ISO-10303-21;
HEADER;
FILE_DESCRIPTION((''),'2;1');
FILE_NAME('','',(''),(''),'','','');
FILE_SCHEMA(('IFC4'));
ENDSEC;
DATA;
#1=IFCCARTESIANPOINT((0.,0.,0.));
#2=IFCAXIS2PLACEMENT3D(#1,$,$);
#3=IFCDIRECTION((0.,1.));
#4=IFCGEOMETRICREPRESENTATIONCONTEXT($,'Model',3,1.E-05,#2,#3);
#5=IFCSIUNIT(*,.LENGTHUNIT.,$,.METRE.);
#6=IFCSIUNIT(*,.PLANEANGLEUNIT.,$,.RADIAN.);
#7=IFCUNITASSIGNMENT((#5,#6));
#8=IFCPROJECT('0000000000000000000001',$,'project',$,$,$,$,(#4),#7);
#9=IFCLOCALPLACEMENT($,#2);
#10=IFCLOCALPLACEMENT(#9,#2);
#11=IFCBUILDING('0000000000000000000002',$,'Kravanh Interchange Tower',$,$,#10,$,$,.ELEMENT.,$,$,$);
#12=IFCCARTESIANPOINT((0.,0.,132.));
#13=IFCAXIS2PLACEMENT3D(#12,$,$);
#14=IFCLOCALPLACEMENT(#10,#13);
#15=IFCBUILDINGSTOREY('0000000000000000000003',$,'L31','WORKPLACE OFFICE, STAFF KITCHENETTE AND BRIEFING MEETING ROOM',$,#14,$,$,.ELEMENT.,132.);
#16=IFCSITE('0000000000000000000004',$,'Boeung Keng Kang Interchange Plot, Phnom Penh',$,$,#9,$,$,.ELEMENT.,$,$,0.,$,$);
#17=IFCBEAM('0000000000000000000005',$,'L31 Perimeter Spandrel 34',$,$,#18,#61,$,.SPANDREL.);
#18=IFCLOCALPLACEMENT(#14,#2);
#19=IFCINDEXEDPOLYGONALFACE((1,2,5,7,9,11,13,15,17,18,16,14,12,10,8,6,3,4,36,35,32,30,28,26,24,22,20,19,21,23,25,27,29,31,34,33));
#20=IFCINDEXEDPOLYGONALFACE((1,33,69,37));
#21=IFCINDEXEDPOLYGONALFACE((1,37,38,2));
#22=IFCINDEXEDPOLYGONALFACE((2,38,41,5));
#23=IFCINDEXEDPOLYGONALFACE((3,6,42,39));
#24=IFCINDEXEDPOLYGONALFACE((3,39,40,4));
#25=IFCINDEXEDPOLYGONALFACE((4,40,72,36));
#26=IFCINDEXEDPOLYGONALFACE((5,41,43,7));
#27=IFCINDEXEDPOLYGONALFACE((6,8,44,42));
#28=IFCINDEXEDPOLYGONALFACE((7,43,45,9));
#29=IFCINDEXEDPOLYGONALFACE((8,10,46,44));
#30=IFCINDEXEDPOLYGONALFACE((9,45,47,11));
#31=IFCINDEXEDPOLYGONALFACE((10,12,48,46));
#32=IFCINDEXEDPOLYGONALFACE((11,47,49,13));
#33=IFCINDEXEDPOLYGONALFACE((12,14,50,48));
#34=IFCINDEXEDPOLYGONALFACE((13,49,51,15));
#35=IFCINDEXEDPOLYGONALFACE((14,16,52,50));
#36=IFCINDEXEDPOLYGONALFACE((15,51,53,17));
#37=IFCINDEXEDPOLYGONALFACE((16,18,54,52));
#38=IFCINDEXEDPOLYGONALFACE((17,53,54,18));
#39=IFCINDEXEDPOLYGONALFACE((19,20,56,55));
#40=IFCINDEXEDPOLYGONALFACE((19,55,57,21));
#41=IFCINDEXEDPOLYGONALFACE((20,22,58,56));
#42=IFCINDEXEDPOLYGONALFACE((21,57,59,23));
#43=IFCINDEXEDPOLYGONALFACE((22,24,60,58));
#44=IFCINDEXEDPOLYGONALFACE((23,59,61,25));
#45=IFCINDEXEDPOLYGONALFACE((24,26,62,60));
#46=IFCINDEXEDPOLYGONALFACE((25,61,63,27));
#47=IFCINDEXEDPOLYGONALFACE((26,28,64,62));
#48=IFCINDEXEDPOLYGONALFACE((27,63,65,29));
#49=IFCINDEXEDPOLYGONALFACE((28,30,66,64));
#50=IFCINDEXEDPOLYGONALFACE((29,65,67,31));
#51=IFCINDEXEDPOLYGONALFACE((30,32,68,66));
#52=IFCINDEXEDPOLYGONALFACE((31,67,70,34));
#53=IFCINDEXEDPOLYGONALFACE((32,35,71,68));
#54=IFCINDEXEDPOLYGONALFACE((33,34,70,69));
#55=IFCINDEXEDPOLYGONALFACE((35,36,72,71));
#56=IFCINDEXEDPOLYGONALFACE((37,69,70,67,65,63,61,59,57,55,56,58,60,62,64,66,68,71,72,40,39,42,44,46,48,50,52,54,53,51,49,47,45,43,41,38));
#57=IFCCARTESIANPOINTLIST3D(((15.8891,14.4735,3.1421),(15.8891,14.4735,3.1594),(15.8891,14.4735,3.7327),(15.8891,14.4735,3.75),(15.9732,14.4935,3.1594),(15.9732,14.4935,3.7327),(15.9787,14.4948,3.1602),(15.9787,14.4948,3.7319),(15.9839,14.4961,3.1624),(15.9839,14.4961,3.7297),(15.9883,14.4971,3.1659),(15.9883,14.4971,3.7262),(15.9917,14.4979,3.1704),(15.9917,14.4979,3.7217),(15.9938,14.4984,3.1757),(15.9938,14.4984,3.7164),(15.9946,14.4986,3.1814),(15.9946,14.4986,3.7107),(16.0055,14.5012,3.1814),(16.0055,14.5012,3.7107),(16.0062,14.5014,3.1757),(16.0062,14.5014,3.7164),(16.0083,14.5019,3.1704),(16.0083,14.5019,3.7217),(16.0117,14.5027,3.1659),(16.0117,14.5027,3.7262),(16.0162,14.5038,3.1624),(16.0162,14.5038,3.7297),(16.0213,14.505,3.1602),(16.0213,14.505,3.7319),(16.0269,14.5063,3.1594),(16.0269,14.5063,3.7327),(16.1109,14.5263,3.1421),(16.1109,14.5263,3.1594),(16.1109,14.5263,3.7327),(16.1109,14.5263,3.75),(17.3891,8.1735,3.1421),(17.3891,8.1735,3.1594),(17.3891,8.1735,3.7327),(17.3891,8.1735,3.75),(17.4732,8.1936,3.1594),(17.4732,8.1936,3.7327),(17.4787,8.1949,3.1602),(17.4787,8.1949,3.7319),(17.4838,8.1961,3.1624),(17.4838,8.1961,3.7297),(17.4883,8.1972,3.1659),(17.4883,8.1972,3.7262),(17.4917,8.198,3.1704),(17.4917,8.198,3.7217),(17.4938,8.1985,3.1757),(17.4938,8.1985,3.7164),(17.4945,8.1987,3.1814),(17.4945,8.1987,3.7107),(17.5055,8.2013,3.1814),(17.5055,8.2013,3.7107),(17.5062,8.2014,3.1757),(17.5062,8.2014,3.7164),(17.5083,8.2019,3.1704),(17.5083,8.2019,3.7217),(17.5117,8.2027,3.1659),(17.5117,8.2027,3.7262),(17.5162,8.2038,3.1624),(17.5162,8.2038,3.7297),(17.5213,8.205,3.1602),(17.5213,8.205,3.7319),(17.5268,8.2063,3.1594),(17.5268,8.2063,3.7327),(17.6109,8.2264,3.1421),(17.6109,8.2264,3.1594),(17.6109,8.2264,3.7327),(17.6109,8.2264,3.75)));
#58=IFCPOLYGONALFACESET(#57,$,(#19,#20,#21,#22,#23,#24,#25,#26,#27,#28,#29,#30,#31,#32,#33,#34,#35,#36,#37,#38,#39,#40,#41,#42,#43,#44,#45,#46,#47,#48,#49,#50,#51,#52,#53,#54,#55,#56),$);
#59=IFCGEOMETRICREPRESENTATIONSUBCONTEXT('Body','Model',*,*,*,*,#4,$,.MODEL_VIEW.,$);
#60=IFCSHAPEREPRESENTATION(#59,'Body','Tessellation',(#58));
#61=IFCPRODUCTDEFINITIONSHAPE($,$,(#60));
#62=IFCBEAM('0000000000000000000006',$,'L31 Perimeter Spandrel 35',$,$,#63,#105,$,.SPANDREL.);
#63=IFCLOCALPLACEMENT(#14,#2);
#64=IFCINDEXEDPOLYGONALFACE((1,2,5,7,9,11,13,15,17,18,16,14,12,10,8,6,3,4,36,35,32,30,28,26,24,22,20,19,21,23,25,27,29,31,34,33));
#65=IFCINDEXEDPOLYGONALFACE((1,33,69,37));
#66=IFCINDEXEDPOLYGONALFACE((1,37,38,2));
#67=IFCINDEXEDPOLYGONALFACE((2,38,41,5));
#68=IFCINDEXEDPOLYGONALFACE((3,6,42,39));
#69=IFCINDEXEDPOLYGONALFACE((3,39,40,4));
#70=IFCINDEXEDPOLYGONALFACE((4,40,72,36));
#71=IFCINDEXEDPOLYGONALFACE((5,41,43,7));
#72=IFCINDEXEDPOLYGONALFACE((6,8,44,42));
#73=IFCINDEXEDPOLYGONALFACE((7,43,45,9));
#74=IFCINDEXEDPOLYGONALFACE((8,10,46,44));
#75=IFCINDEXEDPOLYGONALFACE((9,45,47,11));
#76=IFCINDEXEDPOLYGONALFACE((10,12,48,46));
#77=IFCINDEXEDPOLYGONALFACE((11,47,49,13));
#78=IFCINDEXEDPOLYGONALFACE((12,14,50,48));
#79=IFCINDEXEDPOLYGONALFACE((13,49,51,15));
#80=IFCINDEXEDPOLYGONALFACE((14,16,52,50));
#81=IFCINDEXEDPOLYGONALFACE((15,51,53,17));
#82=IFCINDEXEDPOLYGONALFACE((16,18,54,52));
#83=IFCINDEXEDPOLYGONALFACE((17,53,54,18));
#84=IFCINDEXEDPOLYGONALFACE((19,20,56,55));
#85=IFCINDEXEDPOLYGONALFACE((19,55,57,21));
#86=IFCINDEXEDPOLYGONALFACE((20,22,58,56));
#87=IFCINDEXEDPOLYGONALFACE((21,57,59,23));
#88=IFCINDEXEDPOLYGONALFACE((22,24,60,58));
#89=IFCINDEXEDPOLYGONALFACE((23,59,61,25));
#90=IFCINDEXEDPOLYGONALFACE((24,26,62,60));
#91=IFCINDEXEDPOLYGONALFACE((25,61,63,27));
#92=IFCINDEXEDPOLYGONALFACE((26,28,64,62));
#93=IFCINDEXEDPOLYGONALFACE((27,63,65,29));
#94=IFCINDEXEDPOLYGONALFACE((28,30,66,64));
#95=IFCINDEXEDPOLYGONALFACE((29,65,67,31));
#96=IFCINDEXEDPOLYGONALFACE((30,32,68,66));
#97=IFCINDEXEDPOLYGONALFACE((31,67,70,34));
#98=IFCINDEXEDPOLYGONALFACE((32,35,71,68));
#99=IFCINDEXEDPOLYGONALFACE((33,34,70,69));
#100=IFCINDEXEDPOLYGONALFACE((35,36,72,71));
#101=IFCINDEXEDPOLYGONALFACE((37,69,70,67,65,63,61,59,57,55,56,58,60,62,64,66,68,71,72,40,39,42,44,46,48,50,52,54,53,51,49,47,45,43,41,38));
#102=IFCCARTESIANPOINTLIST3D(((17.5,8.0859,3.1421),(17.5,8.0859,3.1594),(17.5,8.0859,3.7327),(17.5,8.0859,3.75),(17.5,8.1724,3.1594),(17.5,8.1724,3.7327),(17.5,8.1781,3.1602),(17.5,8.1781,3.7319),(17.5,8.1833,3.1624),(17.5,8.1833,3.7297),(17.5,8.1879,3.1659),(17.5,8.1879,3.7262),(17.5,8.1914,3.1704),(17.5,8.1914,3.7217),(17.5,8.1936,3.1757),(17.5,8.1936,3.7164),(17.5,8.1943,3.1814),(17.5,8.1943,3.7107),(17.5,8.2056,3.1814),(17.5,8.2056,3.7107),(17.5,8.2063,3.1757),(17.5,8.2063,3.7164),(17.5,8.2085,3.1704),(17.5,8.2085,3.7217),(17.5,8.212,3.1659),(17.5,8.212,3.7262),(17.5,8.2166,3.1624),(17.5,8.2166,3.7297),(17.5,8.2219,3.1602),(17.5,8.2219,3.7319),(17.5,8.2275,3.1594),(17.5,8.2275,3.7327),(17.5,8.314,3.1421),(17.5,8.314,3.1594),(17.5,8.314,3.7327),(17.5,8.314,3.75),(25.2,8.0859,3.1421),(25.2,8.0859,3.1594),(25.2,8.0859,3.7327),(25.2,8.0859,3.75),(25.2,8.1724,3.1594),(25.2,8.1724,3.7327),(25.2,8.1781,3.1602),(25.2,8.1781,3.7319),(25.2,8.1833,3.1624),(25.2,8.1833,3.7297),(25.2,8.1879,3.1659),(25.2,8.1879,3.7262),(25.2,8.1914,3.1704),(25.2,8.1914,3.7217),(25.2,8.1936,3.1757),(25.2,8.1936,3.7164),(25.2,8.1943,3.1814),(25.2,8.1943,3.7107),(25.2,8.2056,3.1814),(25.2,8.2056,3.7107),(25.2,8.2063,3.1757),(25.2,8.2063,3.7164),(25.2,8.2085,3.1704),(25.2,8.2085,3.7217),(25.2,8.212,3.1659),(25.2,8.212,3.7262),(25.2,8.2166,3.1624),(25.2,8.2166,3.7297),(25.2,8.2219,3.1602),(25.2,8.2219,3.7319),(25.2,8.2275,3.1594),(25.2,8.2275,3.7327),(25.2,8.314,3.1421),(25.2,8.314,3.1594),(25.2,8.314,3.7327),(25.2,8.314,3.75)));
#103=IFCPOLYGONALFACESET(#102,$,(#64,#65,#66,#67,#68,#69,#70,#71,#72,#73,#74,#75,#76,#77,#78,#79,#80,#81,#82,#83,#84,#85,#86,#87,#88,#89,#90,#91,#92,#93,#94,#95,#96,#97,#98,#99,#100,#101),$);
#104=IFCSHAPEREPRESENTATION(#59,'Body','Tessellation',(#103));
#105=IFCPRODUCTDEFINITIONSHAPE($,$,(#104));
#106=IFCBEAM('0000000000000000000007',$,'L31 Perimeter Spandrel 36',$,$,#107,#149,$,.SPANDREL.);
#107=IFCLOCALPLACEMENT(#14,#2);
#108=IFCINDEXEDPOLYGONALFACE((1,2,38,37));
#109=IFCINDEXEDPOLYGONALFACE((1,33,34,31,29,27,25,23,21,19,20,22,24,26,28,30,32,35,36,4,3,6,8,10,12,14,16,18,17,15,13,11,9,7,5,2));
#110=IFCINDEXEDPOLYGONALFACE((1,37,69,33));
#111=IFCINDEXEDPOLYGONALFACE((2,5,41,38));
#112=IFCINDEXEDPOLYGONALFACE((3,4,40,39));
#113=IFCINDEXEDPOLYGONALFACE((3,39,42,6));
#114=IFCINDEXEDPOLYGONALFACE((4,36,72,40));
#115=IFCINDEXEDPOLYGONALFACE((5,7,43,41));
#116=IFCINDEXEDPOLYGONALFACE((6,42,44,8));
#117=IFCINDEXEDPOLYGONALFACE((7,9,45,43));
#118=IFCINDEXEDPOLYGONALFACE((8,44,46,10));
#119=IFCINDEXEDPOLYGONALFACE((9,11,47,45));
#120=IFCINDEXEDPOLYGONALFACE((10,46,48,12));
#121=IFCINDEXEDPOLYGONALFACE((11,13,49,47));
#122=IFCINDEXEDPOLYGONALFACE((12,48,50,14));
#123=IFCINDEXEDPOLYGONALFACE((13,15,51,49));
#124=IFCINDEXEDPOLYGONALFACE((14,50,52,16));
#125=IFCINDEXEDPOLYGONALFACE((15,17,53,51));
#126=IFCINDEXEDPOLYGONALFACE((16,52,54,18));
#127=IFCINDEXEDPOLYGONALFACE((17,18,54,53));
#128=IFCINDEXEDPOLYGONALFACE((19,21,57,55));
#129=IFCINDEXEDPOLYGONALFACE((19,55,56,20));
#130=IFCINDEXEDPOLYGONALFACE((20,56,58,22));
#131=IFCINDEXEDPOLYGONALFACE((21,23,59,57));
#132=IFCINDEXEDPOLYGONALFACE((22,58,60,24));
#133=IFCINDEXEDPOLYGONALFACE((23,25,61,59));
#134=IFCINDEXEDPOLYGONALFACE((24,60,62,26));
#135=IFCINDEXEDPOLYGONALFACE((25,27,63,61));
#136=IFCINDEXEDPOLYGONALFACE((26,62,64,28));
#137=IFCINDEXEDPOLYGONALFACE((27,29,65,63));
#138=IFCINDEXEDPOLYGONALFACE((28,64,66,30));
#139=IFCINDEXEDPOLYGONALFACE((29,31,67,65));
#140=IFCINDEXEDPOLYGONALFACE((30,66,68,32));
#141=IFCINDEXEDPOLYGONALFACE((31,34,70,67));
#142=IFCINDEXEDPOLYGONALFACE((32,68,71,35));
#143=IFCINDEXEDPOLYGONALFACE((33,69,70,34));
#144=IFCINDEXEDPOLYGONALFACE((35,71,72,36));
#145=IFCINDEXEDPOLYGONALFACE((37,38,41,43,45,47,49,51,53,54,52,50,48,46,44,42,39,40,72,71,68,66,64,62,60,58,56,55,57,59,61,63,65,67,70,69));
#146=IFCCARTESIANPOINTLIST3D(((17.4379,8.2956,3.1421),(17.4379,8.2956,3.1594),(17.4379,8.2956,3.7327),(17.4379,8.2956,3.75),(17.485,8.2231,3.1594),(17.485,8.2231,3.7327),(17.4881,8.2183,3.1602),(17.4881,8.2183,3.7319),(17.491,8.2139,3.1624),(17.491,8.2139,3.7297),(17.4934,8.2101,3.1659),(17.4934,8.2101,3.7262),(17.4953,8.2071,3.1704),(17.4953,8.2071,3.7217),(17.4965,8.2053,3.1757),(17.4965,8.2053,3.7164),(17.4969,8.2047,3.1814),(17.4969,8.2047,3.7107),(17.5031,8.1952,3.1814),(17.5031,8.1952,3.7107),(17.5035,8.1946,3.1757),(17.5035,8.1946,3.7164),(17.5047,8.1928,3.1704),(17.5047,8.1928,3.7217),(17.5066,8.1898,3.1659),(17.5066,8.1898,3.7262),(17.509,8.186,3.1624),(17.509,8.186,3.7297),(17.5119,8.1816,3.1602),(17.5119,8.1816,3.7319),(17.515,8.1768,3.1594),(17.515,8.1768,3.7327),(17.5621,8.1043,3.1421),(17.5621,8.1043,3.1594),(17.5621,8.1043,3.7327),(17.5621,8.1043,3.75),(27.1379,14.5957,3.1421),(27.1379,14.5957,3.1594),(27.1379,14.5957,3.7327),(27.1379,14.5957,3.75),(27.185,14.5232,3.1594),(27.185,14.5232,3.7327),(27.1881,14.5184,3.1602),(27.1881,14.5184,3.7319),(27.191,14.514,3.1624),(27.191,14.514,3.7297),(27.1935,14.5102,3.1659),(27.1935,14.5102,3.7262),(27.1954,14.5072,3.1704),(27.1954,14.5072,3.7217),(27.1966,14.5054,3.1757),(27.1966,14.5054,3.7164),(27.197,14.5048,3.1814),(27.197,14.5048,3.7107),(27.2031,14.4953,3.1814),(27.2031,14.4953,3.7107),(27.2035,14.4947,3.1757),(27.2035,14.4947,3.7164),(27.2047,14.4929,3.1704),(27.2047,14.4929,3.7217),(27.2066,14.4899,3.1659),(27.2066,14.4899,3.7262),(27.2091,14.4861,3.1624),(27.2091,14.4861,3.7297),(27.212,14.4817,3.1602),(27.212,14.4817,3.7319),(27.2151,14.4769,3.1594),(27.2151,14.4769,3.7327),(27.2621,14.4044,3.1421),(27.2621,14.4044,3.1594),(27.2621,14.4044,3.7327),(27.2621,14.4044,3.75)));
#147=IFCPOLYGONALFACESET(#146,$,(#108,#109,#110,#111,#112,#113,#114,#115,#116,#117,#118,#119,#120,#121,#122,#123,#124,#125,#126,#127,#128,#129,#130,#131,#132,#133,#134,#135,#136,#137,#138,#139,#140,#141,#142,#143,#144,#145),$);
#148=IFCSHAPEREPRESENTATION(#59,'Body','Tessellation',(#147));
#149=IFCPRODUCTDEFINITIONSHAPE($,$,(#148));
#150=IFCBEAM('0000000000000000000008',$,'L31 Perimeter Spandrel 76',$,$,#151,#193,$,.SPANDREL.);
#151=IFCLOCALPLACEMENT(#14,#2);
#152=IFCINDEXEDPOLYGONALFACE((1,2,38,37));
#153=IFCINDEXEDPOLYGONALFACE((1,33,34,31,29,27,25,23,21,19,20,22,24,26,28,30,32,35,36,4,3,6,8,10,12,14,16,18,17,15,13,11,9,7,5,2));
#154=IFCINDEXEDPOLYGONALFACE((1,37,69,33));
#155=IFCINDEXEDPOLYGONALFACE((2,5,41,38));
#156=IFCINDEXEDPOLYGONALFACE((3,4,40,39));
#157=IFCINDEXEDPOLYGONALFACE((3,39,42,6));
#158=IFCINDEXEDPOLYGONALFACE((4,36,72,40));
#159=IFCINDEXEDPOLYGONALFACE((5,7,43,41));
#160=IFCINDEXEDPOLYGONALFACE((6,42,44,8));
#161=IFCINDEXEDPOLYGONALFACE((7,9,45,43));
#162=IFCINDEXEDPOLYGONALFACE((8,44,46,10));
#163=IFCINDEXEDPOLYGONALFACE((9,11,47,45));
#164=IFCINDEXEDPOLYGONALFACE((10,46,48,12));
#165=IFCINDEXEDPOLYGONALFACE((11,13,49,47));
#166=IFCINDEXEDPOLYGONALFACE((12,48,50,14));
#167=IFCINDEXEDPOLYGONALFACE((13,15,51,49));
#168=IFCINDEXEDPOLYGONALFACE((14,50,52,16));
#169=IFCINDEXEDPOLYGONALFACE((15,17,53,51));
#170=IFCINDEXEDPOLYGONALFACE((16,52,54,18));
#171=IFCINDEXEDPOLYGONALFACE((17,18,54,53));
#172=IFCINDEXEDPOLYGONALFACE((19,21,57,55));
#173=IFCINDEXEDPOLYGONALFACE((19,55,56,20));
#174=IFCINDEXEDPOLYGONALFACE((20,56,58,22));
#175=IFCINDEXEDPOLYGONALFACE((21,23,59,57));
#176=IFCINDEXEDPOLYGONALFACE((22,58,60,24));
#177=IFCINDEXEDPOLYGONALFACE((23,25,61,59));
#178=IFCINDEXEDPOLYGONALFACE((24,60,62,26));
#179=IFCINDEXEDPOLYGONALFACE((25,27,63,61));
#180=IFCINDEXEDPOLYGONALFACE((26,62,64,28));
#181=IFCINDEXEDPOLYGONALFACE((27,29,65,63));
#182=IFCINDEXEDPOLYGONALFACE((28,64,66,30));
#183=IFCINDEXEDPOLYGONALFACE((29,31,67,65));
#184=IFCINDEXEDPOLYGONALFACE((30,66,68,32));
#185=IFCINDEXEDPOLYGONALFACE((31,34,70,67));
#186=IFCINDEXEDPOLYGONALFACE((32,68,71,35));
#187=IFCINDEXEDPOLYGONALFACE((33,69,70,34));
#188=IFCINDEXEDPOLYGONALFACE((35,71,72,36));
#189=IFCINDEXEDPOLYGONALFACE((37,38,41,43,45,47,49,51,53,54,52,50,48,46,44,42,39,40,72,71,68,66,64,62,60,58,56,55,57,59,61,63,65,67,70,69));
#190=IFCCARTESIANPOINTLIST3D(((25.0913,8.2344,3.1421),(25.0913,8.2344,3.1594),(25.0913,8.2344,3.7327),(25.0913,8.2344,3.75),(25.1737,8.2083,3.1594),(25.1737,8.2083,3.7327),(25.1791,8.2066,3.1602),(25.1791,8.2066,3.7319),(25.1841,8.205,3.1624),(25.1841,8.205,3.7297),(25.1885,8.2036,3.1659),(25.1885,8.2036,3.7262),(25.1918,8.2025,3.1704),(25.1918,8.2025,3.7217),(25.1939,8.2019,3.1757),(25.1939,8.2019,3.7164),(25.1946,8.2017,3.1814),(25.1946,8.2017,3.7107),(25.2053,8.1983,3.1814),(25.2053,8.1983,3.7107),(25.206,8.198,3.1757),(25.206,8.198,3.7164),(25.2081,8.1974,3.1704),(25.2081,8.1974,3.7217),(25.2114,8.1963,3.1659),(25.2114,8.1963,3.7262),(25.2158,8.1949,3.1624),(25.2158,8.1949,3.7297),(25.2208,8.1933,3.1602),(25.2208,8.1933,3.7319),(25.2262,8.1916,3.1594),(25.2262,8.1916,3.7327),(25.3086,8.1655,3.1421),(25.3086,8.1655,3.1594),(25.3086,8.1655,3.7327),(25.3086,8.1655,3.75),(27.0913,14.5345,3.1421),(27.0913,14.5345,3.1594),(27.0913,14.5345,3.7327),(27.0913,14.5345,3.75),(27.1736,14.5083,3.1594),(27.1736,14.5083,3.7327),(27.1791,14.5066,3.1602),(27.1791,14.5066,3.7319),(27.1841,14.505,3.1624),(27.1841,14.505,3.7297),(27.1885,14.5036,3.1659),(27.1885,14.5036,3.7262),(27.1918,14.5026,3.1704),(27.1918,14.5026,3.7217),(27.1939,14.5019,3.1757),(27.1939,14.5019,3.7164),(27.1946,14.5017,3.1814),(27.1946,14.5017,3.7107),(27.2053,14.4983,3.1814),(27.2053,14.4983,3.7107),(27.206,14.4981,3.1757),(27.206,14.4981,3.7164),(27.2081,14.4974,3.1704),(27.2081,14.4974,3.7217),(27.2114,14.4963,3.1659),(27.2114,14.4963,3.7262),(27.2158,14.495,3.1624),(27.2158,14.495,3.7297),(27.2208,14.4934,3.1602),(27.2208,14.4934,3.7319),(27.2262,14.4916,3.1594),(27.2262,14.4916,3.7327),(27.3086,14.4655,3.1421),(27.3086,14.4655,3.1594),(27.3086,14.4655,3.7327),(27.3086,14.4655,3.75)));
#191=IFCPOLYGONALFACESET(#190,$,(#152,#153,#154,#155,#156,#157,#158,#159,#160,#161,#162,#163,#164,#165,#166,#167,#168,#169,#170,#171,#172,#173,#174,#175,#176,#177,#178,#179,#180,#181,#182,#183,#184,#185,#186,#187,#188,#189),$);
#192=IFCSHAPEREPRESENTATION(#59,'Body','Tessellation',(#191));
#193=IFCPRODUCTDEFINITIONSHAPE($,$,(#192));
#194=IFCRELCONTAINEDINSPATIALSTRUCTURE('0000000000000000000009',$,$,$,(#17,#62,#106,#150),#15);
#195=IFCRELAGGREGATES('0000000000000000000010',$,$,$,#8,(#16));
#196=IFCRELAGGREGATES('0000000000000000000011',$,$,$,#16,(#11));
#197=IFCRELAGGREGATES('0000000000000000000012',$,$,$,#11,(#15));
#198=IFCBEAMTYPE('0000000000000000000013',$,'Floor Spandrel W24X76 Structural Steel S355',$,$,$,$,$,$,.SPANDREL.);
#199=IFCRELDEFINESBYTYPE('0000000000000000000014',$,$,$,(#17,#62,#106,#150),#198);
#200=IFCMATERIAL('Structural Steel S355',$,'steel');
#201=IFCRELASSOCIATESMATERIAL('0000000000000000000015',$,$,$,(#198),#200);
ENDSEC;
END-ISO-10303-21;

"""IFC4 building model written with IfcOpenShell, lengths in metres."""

from ifc_helpers import new_model, si_unit, direction, frame, origin, origin_2d, place, context, subcontext, project, spatial, i_section, extrude, material, material_profile, profile_set, type_object, element, save


model = new_model("IFC4")

# Units and contexts
model_context = context("Model", 3, precision=1e-05, world=origin(), true_north=direction((0.0, 1.0)))
body_context = subcontext(model_context, "Body", "Model", "MODEL_VIEW")
ifc_project = project(units=[si_unit("LENGTHUNIT", "METRE"), si_unit("PLANEANGLEUNIT", "RADIAN")], contexts=[model_context])

# Site, building, storey
site_placement = place(None, origin())
site = spatial("IfcSite", under=ifc_project, at=site_placement, Name="Boeung Keng Kang Interchange Plot, Phnom Penh", CompositionType="ELEMENT", RefElevation=0.0)
building_placement = place(site_placement, origin())
building = spatial("IfcBuilding", under=site, at=building_placement, Name="Kravanh Interchange Tower", CompositionType="ELEMENT")
storey_placement = place(building_placement, frame((0.0, 0.0, 132.0)))
storey = spatial("IfcBuildingStorey", under=building, at=storey_placement, Name="L31", Description="WORKPLACE OFFICE, STAFF KITCHENETTE AND BRIEFING MEETING ROOM", CompositionType="ELEMENT", Elevation=132.0)

# Beams
ifc_material_1 = material(Name="Structural Steel S355", Category="steel")
ifc_material_profile_1 = material_profile(ifc_material_1, i_section(OverallWidth=0.228, OverallDepth=0.6079, WebThickness=0.0112, FlangeThickness=0.0173, FilletRadius=0.022, at=origin_2d()), Name="W24X76")
ifc_profile_set_1 = profile_set([ifc_material_profile_1], Name="Structural Steel S355")
beam_type_1 = type_object("IfcBeamType", Name="Floor Spandrel W24X76 Structural Steel S355", PredefinedType="SPANDREL", material=ifc_profile_set_1)
beam_1_placement = place(storey_placement, frame((17.5, 8.2, 3.446), z_axis=(-0.231619, 0.972807, 0.0), x_axis=(-0.972807, -0.231619, 0.0)))
element("IfcBeam", 1, at=beam_1_placement, inside=storey, type_object=beam_type_1, Name="L31 Perimeter Spandrel 34", PredefinedType="SPANDREL", context=body_context, shape_type="SweptSolid", body=[
    extrude(i_section(OverallWidth=0.228, OverallDepth=0.6079, WebThickness=0.0112, FlangeThickness=0.0173, FilletRadius=0.022, at=origin_2d()), origin(), (0.0, 0.0, 1.0), 6.4761),
])
beam_2_placement = place(storey_placement, frame((17.5, 8.2, 3.446), z_axis=(1.0, 0.0, 0.0), x_axis=(0.0, 1.0, 0.0)))
element("IfcBeam", 2, at=beam_2_placement, inside=storey, type_object=beam_type_1, Name="L31 Perimeter Spandrel 35", PredefinedType="SPANDREL", context=body_context, shape_type="SweptSolid", body=[
    extrude(i_section(OverallWidth=0.228, OverallDepth=0.6079, WebThickness=0.0112, FlangeThickness=0.0173, FilletRadius=0.022, at=origin_2d()), origin(), (0.0, 0.0, 1.0), 7.7),
])
beam_3_placement = place(storey_placement, frame((17.5, 8.2, 3.446), z_axis=(0.838638, 0.544689, 0.0), x_axis=(-0.544689, 0.838638, 0.0)))
element("IfcBeam", 3, at=beam_3_placement, inside=storey, type_object=beam_type_1, Name="L31 Perimeter Spandrel 36", PredefinedType="SPANDREL", context=body_context, shape_type="SweptSolid", body=[
    extrude(i_section(OverallWidth=0.228, OverallDepth=0.6079, WebThickness=0.0112, FlangeThickness=0.0173, FilletRadius=0.022, at=origin_2d()), origin(), (0.0, 0.0, 1.0), 11.5664),
])
beam_4_placement = place(storey_placement, frame((25.2, 8.2, 3.446), z_axis=(0.302577, 0.953125, 0.0), x_axis=(-0.953125, 0.302577, 0.0)))
element("IfcBeam", 4, at=beam_4_placement, inside=storey, type_object=beam_type_1, Name="L31 Perimeter Spandrel 76", PredefinedType="SPANDREL", context=body_context, shape_type="SweptSolid", body=[
    extrude(i_section(OverallWidth=0.228, OverallDepth=0.6079, WebThickness=0.0112, FlangeThickness=0.0173, FilletRadius=0.022, at=origin_2d()), origin(), (0.0, 0.0, 1.0), 6.6099),
])

save(model, "model.ifc")
